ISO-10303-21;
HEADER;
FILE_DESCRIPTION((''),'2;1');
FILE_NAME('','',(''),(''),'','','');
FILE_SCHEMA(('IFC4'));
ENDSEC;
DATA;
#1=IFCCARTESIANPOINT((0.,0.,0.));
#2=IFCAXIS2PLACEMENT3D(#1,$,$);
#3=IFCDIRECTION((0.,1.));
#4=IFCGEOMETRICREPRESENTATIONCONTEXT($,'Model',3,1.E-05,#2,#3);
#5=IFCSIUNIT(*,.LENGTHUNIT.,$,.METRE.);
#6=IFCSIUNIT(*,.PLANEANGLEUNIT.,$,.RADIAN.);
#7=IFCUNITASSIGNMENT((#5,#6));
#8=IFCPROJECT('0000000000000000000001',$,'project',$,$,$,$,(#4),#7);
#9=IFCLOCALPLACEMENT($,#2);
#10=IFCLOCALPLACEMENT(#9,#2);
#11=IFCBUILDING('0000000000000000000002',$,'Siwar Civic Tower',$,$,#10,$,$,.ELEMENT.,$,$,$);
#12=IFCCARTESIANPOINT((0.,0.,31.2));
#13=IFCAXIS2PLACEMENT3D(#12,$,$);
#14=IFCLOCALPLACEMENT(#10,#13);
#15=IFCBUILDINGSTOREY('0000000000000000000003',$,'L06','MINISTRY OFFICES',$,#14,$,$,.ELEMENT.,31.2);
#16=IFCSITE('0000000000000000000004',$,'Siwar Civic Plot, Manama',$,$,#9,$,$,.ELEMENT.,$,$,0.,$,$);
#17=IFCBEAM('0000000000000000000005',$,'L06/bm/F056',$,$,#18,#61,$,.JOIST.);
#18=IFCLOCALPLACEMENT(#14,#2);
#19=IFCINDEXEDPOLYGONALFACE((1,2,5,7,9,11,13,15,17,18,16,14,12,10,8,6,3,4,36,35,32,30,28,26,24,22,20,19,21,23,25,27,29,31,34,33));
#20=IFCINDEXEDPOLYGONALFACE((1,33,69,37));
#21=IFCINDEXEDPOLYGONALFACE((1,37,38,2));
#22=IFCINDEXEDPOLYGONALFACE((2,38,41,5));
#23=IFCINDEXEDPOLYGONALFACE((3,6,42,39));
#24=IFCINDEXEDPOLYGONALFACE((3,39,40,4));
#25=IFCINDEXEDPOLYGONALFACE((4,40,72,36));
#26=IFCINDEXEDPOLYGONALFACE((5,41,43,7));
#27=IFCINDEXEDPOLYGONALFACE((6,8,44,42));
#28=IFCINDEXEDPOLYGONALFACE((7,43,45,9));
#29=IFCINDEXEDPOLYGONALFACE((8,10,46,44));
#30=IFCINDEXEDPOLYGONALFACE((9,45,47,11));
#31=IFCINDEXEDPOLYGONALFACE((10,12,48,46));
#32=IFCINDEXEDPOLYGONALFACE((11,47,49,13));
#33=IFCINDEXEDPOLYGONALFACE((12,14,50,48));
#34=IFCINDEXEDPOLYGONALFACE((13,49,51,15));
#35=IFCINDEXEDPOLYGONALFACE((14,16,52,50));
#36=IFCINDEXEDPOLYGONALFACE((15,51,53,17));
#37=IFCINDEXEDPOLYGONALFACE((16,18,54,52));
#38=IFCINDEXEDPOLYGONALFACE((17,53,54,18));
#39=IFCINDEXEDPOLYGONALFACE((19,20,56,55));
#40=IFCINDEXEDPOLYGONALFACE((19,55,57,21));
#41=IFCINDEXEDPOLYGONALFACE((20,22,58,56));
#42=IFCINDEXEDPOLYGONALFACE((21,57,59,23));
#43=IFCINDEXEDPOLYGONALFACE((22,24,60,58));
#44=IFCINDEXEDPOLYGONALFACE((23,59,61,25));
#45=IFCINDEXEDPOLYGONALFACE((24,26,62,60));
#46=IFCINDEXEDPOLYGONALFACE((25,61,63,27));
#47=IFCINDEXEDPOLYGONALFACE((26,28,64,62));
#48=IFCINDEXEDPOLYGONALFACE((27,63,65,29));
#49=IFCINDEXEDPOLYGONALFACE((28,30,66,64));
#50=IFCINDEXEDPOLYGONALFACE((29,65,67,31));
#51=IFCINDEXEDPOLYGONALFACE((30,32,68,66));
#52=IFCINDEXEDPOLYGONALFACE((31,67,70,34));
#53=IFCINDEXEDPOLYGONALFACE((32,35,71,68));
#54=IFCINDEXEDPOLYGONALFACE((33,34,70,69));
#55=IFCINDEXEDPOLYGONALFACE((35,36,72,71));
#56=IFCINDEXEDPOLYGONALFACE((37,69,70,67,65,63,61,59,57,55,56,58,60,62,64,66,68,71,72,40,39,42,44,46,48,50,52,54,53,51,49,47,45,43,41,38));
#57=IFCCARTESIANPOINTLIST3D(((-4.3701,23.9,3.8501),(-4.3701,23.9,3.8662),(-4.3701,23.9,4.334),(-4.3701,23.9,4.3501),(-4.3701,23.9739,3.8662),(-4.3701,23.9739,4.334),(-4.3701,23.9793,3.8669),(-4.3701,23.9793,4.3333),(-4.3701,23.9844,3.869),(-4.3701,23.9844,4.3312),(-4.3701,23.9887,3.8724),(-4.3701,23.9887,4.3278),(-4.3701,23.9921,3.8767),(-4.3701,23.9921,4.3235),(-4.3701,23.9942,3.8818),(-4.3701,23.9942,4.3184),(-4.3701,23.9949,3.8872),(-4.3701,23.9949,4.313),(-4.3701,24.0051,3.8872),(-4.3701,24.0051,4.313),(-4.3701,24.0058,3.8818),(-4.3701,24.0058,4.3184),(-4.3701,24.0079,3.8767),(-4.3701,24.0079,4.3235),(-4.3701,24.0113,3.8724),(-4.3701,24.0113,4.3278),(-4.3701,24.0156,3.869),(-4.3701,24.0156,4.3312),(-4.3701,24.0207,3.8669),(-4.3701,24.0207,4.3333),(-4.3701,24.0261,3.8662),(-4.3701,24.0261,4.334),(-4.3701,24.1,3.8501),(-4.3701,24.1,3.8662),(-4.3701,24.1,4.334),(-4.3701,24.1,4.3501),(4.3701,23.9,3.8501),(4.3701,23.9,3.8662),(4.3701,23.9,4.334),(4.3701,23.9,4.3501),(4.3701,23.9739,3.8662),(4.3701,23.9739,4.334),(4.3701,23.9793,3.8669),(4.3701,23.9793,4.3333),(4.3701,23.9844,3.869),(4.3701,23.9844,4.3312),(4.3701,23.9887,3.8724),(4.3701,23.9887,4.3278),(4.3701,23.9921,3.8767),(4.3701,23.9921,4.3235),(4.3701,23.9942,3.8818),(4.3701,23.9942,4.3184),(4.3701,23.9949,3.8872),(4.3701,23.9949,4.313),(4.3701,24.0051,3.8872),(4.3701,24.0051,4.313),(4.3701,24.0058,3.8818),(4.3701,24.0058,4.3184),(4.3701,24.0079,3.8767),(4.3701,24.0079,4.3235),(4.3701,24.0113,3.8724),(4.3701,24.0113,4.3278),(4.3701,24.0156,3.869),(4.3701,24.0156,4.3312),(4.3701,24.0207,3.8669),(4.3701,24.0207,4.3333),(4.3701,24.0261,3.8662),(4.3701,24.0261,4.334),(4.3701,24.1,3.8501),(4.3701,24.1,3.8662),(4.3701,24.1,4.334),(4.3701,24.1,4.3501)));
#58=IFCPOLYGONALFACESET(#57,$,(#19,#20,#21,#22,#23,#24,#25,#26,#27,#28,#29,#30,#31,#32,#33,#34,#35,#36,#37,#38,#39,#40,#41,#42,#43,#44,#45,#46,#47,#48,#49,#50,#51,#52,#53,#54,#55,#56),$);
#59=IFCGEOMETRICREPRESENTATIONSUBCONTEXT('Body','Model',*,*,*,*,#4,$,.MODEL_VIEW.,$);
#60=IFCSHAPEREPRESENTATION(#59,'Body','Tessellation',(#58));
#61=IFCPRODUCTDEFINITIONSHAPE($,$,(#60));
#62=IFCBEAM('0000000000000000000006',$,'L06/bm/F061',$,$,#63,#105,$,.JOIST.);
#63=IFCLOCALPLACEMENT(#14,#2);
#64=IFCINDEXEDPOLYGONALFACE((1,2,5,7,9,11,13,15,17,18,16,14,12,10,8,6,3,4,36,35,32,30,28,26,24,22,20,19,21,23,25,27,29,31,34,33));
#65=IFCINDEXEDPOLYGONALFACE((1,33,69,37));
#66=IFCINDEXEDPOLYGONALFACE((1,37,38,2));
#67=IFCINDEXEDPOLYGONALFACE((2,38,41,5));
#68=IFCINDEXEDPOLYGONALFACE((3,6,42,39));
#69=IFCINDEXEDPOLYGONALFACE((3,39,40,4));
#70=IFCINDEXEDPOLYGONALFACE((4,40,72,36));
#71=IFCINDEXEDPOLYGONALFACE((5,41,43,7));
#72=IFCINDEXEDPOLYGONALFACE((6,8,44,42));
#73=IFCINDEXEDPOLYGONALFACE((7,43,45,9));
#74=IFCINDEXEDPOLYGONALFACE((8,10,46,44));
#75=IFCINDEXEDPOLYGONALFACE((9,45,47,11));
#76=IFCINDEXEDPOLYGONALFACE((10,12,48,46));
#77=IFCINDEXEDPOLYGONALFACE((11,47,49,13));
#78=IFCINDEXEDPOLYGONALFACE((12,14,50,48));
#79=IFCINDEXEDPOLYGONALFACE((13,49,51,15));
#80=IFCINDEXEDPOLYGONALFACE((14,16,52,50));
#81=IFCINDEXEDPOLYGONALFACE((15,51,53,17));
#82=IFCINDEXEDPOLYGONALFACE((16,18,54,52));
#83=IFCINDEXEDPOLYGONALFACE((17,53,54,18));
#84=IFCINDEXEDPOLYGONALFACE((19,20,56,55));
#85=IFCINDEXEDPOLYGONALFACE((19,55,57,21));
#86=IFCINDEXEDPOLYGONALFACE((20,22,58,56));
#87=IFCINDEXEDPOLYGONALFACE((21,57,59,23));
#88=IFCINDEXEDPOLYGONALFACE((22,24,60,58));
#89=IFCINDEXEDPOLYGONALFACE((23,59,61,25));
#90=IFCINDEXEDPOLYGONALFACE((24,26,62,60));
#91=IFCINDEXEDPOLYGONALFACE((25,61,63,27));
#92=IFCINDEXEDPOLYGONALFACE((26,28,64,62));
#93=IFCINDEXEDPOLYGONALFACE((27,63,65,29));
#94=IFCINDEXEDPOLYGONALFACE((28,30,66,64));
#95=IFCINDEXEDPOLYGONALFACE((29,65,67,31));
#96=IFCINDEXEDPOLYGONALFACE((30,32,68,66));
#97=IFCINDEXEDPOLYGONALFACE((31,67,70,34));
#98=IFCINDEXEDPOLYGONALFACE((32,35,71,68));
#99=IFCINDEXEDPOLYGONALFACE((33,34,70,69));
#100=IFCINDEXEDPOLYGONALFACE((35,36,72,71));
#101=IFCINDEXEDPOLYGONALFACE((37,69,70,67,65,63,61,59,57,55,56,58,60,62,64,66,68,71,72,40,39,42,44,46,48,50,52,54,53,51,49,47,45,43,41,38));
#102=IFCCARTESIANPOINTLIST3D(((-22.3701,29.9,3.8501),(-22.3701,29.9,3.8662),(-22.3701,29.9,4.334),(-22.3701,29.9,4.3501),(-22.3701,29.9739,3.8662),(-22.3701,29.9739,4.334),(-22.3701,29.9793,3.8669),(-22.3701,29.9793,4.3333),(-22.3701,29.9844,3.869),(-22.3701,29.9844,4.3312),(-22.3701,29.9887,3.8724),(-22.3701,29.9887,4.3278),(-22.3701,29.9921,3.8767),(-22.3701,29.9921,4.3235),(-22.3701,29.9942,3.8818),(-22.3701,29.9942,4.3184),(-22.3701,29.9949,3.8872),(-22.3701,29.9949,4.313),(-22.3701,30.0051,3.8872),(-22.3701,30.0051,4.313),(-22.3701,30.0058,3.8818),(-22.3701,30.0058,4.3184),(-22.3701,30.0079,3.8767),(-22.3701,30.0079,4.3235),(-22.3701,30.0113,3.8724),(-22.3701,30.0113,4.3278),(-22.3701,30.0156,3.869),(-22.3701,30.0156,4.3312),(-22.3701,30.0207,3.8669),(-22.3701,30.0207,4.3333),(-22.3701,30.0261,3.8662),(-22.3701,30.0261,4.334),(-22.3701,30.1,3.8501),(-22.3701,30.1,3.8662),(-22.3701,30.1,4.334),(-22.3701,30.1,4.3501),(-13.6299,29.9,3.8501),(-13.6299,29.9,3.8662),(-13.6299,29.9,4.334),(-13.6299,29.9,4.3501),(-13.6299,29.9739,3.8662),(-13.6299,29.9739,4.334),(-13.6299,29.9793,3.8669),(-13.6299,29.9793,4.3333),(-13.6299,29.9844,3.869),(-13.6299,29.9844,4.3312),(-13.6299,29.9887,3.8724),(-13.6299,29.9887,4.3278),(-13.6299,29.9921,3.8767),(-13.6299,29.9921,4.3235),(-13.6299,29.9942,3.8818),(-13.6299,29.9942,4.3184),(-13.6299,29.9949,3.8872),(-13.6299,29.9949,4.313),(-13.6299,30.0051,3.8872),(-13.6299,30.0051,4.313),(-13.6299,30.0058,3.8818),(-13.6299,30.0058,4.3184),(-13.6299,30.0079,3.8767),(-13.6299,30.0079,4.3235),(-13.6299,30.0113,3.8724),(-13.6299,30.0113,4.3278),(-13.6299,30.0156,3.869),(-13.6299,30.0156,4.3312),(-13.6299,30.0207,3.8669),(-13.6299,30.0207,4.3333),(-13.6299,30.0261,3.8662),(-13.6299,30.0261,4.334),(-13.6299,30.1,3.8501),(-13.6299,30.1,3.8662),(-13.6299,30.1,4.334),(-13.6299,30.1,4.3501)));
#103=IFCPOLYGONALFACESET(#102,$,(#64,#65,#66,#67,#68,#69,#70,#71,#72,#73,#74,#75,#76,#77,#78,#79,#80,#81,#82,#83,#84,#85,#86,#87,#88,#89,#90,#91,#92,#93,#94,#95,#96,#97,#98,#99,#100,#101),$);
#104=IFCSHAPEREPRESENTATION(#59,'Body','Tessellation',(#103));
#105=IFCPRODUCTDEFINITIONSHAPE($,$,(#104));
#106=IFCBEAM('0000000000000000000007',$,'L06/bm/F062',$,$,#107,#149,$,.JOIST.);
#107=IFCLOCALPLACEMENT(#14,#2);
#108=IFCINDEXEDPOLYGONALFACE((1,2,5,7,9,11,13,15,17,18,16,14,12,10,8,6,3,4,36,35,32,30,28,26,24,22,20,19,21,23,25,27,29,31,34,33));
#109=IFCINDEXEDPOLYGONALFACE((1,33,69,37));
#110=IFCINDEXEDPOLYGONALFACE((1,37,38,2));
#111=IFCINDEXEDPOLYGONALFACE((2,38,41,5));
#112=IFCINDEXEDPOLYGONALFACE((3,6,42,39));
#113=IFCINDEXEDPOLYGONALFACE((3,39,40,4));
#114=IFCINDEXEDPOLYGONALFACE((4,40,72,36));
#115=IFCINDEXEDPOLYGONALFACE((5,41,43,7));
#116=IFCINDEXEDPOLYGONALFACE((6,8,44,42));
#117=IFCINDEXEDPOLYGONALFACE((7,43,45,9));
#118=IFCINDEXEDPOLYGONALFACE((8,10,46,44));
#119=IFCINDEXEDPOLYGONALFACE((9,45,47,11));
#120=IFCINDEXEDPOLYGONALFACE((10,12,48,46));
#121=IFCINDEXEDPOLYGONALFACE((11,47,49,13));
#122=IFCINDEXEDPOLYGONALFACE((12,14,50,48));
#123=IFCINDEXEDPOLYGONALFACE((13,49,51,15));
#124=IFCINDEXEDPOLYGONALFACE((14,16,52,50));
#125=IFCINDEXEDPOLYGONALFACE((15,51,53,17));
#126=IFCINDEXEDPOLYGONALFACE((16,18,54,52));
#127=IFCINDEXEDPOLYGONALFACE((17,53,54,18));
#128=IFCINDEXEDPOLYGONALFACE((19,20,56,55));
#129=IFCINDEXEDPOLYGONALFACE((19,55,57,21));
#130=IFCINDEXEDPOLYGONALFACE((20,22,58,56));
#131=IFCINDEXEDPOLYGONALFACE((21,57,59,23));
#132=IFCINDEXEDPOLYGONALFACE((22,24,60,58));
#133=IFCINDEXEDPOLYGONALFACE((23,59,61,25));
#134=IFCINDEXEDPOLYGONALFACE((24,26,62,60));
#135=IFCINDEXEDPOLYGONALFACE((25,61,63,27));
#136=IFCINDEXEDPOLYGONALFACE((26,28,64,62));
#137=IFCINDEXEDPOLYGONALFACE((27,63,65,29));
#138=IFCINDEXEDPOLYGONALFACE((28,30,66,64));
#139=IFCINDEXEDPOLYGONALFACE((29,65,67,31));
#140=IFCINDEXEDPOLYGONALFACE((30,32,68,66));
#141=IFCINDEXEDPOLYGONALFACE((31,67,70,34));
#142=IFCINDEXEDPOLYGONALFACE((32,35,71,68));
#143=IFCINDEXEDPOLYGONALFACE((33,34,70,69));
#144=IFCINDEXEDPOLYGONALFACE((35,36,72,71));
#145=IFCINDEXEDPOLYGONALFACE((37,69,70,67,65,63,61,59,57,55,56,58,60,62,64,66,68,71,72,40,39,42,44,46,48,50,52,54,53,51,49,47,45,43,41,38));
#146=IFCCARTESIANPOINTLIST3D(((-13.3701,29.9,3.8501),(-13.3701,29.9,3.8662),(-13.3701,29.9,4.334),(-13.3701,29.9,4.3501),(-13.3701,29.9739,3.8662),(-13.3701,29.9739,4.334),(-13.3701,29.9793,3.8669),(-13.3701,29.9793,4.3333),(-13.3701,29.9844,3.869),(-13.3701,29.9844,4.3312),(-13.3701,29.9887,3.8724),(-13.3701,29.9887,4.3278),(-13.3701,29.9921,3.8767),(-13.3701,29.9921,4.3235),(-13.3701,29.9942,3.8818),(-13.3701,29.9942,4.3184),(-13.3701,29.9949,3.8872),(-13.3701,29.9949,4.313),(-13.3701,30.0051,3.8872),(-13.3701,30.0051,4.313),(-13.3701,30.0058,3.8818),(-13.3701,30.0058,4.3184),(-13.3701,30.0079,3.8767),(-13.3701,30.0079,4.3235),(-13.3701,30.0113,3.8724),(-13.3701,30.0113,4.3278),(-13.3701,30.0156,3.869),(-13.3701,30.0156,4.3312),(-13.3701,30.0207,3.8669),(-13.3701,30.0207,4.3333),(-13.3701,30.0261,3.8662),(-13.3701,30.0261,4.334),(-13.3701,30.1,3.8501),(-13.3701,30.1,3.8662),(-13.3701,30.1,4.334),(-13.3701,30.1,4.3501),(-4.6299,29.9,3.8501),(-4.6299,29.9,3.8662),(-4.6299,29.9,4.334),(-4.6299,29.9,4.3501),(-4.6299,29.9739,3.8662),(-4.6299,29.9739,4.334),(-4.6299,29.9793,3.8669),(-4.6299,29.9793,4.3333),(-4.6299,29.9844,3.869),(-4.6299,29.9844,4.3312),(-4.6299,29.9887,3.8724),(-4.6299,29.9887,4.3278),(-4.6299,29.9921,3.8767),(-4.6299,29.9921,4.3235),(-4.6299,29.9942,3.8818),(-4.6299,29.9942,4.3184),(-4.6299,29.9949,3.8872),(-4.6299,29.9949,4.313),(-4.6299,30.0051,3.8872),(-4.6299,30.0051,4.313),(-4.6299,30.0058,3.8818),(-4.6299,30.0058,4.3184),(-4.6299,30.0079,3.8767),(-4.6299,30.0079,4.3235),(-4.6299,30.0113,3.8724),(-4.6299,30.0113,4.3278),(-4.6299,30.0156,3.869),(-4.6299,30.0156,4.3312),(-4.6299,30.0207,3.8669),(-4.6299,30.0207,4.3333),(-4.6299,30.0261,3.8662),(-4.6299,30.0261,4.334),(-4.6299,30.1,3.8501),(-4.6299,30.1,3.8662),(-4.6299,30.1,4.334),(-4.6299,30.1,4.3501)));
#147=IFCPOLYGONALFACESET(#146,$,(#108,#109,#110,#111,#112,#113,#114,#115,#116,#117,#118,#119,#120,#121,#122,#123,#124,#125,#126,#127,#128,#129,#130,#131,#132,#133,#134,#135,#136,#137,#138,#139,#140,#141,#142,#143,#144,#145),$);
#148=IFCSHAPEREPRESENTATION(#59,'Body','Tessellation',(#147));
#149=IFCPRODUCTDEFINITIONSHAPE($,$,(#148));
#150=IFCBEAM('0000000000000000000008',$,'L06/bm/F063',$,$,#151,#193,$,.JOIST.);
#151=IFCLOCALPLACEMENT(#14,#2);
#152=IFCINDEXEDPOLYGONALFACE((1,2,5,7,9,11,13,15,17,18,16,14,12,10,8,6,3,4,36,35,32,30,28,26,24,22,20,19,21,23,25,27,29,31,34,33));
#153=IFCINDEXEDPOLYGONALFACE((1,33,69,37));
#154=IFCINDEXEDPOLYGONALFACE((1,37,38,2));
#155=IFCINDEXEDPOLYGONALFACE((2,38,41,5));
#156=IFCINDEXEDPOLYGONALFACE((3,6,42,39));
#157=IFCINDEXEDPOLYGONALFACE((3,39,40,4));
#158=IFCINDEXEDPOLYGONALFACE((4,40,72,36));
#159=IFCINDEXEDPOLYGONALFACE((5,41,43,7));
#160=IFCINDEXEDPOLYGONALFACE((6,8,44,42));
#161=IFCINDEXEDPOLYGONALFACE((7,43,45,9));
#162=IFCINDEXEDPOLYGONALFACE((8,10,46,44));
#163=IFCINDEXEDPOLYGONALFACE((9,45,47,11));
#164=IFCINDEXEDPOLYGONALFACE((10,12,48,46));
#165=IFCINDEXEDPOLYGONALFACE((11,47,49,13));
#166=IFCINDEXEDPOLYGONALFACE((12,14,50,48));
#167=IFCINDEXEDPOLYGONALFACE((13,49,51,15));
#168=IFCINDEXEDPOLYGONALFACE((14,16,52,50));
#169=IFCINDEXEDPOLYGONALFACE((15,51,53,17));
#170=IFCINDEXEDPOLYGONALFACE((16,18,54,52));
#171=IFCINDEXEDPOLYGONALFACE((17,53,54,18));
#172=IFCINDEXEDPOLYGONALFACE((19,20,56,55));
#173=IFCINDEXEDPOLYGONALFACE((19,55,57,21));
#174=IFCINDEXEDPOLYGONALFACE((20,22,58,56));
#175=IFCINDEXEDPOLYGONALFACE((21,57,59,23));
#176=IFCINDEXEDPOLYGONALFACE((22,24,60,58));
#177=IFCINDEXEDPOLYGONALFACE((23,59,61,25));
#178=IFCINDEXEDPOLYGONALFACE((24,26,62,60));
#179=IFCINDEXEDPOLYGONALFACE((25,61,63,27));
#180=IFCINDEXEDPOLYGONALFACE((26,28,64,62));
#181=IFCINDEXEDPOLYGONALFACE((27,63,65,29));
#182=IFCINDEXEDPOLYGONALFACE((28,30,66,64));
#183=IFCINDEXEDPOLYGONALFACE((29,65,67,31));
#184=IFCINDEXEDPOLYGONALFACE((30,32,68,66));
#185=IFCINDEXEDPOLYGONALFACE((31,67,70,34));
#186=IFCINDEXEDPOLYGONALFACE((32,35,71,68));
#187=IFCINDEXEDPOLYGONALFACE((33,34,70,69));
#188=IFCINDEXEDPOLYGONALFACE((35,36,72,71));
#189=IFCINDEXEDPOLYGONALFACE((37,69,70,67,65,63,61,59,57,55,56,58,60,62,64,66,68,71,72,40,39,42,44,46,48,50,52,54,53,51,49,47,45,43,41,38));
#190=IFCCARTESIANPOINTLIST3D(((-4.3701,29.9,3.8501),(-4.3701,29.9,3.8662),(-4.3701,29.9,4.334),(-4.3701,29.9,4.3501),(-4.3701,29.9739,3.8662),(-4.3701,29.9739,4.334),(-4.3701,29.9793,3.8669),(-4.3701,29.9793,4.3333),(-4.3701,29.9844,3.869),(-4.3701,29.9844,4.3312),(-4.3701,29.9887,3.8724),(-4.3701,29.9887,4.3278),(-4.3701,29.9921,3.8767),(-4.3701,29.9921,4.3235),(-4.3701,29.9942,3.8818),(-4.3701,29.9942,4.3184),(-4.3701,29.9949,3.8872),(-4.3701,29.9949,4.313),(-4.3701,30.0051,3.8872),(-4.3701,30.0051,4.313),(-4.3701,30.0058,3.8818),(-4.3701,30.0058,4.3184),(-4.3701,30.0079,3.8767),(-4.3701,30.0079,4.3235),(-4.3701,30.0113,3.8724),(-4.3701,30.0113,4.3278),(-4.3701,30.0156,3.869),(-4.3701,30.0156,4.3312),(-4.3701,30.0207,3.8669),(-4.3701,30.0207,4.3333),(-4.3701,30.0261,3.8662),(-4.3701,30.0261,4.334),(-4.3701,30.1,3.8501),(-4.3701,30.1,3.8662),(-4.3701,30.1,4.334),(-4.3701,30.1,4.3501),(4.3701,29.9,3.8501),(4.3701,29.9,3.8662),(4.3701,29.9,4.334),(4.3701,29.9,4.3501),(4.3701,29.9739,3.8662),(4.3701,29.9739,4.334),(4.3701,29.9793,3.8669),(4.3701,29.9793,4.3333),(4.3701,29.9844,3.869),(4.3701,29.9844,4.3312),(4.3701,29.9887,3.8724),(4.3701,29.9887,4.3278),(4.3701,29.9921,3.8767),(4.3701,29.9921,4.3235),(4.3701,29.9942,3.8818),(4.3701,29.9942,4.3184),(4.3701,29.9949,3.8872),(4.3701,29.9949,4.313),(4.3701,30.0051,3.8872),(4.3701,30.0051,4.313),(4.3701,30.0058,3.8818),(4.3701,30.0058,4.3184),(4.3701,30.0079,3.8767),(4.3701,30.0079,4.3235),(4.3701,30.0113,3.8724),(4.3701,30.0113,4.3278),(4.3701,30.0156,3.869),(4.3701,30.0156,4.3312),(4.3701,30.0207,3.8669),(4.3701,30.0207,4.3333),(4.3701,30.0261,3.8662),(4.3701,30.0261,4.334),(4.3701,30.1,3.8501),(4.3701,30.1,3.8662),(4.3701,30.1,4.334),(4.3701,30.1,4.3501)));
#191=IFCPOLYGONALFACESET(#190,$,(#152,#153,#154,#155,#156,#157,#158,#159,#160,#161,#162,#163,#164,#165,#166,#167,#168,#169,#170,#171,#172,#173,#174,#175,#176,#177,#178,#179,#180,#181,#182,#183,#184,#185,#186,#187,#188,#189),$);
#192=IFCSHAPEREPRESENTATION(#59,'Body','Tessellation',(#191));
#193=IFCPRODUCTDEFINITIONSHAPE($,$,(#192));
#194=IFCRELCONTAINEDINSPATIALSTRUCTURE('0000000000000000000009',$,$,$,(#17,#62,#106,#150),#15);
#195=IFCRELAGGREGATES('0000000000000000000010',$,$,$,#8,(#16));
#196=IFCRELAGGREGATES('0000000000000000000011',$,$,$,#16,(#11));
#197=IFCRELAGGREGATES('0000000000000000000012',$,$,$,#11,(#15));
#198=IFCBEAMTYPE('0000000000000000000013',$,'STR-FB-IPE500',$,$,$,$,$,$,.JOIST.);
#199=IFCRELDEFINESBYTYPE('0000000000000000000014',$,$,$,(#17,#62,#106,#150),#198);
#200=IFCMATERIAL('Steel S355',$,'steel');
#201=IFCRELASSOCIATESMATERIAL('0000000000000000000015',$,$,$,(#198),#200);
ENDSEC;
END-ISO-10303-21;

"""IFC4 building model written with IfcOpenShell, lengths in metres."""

from ifc_helpers import new_model, si_unit, direction, frame, origin, origin_2d, place, context, subcontext, project, spatial, i_section, extrude, material, material_profile, profile_set, type_object, element, save


model = new_model("IFC4")

# Units and contexts
model_context = context("Model", 3, precision=1e-05, world=origin(), true_north=direction((0.0, 1.0)))
body_context = subcontext(model_context, "Body", "Model", "MODEL_VIEW")
ifc_project = project(units=[si_unit("LENGTHUNIT", "METRE"), si_unit("PLANEANGLEUNIT", "RADIAN")], contexts=[model_context])

# Site, building, storey
site_placement = place(None, origin())
site = spatial("IfcSite", under=ifc_project, at=site_placement, Name="Siwar Civic Plot, Manama", CompositionType="ELEMENT", RefElevation=0.0)
building_placement = place(site_placement, origin())
building = spatial("IfcBuilding", under=site, at=building_placement, Name="Siwar Civic Tower", CompositionType="ELEMENT")
storey_placement = place(building_placement, frame((0.0, 0.0, 31.2)))
storey = spatial("IfcBuildingStorey", under=building, at=storey_placement, Name="L06", Description="MINISTRY OFFICES", CompositionType="ELEMENT", Elevation=31.2)

# Beams
ifc_material_1 = material(Name="Steel S355", Category="steel")
ifc_material_profile_1 = material_profile(ifc_material_1, i_section(OverallWidth=0.2, OverallDepth=0.5, WebThickness=0.0103, FlangeThickness=0.0161, FilletRadius=0.021, at=origin_2d()), Name="IPE500")
ifc_profile_set_1 = profile_set([ifc_material_profile_1], Name="Steel S355")
beam_type_1 = type_object("IfcBeamType", Name="STR-FB-IPE500", PredefinedType="JOIST", material=ifc_profile_set_1)
for number, where, z_axis, x_axis, name in (
    (1, (-4.3701, 24.0, 4.1001), (1.0, 0.0, 0.0), (0.0, 1.0, 0.0), "L06/bm/F056"),
    (2, (-22.3701, 30.0, 4.1001), (1.0, 0.0, 0.0), (0.0, 1.0, 0.0), "L06/bm/F061"),
    (3, (-13.3701, 30.0, 4.1001), (1.0, 0.0, 0.0), (0.0, 1.0, 0.0), "L06/bm/F062"),
    (4, (-4.3701, 30.0, 4.1001), (1.0, 0.0, 0.0), (0.0, 1.0, 0.0), "L06/bm/F063"),
):
    element("IfcBeam", number, at=place(storey_placement, frame(where, z_axis=z_axis, x_axis=x_axis)), inside=storey, type_object=beam_type_1, Name=name, PredefinedType="JOIST", context=body_context, shape_type="SweptSolid", body=[
        extrude(i_section(OverallWidth=0.2, OverallDepth=0.5, WebThickness=0.0103, FlangeThickness=0.0161, FilletRadius=0.021, at=origin_2d()), origin(), (0.0, 0.0, 1.0), 8.7402),
    ])

save(model, "model.ifc")
